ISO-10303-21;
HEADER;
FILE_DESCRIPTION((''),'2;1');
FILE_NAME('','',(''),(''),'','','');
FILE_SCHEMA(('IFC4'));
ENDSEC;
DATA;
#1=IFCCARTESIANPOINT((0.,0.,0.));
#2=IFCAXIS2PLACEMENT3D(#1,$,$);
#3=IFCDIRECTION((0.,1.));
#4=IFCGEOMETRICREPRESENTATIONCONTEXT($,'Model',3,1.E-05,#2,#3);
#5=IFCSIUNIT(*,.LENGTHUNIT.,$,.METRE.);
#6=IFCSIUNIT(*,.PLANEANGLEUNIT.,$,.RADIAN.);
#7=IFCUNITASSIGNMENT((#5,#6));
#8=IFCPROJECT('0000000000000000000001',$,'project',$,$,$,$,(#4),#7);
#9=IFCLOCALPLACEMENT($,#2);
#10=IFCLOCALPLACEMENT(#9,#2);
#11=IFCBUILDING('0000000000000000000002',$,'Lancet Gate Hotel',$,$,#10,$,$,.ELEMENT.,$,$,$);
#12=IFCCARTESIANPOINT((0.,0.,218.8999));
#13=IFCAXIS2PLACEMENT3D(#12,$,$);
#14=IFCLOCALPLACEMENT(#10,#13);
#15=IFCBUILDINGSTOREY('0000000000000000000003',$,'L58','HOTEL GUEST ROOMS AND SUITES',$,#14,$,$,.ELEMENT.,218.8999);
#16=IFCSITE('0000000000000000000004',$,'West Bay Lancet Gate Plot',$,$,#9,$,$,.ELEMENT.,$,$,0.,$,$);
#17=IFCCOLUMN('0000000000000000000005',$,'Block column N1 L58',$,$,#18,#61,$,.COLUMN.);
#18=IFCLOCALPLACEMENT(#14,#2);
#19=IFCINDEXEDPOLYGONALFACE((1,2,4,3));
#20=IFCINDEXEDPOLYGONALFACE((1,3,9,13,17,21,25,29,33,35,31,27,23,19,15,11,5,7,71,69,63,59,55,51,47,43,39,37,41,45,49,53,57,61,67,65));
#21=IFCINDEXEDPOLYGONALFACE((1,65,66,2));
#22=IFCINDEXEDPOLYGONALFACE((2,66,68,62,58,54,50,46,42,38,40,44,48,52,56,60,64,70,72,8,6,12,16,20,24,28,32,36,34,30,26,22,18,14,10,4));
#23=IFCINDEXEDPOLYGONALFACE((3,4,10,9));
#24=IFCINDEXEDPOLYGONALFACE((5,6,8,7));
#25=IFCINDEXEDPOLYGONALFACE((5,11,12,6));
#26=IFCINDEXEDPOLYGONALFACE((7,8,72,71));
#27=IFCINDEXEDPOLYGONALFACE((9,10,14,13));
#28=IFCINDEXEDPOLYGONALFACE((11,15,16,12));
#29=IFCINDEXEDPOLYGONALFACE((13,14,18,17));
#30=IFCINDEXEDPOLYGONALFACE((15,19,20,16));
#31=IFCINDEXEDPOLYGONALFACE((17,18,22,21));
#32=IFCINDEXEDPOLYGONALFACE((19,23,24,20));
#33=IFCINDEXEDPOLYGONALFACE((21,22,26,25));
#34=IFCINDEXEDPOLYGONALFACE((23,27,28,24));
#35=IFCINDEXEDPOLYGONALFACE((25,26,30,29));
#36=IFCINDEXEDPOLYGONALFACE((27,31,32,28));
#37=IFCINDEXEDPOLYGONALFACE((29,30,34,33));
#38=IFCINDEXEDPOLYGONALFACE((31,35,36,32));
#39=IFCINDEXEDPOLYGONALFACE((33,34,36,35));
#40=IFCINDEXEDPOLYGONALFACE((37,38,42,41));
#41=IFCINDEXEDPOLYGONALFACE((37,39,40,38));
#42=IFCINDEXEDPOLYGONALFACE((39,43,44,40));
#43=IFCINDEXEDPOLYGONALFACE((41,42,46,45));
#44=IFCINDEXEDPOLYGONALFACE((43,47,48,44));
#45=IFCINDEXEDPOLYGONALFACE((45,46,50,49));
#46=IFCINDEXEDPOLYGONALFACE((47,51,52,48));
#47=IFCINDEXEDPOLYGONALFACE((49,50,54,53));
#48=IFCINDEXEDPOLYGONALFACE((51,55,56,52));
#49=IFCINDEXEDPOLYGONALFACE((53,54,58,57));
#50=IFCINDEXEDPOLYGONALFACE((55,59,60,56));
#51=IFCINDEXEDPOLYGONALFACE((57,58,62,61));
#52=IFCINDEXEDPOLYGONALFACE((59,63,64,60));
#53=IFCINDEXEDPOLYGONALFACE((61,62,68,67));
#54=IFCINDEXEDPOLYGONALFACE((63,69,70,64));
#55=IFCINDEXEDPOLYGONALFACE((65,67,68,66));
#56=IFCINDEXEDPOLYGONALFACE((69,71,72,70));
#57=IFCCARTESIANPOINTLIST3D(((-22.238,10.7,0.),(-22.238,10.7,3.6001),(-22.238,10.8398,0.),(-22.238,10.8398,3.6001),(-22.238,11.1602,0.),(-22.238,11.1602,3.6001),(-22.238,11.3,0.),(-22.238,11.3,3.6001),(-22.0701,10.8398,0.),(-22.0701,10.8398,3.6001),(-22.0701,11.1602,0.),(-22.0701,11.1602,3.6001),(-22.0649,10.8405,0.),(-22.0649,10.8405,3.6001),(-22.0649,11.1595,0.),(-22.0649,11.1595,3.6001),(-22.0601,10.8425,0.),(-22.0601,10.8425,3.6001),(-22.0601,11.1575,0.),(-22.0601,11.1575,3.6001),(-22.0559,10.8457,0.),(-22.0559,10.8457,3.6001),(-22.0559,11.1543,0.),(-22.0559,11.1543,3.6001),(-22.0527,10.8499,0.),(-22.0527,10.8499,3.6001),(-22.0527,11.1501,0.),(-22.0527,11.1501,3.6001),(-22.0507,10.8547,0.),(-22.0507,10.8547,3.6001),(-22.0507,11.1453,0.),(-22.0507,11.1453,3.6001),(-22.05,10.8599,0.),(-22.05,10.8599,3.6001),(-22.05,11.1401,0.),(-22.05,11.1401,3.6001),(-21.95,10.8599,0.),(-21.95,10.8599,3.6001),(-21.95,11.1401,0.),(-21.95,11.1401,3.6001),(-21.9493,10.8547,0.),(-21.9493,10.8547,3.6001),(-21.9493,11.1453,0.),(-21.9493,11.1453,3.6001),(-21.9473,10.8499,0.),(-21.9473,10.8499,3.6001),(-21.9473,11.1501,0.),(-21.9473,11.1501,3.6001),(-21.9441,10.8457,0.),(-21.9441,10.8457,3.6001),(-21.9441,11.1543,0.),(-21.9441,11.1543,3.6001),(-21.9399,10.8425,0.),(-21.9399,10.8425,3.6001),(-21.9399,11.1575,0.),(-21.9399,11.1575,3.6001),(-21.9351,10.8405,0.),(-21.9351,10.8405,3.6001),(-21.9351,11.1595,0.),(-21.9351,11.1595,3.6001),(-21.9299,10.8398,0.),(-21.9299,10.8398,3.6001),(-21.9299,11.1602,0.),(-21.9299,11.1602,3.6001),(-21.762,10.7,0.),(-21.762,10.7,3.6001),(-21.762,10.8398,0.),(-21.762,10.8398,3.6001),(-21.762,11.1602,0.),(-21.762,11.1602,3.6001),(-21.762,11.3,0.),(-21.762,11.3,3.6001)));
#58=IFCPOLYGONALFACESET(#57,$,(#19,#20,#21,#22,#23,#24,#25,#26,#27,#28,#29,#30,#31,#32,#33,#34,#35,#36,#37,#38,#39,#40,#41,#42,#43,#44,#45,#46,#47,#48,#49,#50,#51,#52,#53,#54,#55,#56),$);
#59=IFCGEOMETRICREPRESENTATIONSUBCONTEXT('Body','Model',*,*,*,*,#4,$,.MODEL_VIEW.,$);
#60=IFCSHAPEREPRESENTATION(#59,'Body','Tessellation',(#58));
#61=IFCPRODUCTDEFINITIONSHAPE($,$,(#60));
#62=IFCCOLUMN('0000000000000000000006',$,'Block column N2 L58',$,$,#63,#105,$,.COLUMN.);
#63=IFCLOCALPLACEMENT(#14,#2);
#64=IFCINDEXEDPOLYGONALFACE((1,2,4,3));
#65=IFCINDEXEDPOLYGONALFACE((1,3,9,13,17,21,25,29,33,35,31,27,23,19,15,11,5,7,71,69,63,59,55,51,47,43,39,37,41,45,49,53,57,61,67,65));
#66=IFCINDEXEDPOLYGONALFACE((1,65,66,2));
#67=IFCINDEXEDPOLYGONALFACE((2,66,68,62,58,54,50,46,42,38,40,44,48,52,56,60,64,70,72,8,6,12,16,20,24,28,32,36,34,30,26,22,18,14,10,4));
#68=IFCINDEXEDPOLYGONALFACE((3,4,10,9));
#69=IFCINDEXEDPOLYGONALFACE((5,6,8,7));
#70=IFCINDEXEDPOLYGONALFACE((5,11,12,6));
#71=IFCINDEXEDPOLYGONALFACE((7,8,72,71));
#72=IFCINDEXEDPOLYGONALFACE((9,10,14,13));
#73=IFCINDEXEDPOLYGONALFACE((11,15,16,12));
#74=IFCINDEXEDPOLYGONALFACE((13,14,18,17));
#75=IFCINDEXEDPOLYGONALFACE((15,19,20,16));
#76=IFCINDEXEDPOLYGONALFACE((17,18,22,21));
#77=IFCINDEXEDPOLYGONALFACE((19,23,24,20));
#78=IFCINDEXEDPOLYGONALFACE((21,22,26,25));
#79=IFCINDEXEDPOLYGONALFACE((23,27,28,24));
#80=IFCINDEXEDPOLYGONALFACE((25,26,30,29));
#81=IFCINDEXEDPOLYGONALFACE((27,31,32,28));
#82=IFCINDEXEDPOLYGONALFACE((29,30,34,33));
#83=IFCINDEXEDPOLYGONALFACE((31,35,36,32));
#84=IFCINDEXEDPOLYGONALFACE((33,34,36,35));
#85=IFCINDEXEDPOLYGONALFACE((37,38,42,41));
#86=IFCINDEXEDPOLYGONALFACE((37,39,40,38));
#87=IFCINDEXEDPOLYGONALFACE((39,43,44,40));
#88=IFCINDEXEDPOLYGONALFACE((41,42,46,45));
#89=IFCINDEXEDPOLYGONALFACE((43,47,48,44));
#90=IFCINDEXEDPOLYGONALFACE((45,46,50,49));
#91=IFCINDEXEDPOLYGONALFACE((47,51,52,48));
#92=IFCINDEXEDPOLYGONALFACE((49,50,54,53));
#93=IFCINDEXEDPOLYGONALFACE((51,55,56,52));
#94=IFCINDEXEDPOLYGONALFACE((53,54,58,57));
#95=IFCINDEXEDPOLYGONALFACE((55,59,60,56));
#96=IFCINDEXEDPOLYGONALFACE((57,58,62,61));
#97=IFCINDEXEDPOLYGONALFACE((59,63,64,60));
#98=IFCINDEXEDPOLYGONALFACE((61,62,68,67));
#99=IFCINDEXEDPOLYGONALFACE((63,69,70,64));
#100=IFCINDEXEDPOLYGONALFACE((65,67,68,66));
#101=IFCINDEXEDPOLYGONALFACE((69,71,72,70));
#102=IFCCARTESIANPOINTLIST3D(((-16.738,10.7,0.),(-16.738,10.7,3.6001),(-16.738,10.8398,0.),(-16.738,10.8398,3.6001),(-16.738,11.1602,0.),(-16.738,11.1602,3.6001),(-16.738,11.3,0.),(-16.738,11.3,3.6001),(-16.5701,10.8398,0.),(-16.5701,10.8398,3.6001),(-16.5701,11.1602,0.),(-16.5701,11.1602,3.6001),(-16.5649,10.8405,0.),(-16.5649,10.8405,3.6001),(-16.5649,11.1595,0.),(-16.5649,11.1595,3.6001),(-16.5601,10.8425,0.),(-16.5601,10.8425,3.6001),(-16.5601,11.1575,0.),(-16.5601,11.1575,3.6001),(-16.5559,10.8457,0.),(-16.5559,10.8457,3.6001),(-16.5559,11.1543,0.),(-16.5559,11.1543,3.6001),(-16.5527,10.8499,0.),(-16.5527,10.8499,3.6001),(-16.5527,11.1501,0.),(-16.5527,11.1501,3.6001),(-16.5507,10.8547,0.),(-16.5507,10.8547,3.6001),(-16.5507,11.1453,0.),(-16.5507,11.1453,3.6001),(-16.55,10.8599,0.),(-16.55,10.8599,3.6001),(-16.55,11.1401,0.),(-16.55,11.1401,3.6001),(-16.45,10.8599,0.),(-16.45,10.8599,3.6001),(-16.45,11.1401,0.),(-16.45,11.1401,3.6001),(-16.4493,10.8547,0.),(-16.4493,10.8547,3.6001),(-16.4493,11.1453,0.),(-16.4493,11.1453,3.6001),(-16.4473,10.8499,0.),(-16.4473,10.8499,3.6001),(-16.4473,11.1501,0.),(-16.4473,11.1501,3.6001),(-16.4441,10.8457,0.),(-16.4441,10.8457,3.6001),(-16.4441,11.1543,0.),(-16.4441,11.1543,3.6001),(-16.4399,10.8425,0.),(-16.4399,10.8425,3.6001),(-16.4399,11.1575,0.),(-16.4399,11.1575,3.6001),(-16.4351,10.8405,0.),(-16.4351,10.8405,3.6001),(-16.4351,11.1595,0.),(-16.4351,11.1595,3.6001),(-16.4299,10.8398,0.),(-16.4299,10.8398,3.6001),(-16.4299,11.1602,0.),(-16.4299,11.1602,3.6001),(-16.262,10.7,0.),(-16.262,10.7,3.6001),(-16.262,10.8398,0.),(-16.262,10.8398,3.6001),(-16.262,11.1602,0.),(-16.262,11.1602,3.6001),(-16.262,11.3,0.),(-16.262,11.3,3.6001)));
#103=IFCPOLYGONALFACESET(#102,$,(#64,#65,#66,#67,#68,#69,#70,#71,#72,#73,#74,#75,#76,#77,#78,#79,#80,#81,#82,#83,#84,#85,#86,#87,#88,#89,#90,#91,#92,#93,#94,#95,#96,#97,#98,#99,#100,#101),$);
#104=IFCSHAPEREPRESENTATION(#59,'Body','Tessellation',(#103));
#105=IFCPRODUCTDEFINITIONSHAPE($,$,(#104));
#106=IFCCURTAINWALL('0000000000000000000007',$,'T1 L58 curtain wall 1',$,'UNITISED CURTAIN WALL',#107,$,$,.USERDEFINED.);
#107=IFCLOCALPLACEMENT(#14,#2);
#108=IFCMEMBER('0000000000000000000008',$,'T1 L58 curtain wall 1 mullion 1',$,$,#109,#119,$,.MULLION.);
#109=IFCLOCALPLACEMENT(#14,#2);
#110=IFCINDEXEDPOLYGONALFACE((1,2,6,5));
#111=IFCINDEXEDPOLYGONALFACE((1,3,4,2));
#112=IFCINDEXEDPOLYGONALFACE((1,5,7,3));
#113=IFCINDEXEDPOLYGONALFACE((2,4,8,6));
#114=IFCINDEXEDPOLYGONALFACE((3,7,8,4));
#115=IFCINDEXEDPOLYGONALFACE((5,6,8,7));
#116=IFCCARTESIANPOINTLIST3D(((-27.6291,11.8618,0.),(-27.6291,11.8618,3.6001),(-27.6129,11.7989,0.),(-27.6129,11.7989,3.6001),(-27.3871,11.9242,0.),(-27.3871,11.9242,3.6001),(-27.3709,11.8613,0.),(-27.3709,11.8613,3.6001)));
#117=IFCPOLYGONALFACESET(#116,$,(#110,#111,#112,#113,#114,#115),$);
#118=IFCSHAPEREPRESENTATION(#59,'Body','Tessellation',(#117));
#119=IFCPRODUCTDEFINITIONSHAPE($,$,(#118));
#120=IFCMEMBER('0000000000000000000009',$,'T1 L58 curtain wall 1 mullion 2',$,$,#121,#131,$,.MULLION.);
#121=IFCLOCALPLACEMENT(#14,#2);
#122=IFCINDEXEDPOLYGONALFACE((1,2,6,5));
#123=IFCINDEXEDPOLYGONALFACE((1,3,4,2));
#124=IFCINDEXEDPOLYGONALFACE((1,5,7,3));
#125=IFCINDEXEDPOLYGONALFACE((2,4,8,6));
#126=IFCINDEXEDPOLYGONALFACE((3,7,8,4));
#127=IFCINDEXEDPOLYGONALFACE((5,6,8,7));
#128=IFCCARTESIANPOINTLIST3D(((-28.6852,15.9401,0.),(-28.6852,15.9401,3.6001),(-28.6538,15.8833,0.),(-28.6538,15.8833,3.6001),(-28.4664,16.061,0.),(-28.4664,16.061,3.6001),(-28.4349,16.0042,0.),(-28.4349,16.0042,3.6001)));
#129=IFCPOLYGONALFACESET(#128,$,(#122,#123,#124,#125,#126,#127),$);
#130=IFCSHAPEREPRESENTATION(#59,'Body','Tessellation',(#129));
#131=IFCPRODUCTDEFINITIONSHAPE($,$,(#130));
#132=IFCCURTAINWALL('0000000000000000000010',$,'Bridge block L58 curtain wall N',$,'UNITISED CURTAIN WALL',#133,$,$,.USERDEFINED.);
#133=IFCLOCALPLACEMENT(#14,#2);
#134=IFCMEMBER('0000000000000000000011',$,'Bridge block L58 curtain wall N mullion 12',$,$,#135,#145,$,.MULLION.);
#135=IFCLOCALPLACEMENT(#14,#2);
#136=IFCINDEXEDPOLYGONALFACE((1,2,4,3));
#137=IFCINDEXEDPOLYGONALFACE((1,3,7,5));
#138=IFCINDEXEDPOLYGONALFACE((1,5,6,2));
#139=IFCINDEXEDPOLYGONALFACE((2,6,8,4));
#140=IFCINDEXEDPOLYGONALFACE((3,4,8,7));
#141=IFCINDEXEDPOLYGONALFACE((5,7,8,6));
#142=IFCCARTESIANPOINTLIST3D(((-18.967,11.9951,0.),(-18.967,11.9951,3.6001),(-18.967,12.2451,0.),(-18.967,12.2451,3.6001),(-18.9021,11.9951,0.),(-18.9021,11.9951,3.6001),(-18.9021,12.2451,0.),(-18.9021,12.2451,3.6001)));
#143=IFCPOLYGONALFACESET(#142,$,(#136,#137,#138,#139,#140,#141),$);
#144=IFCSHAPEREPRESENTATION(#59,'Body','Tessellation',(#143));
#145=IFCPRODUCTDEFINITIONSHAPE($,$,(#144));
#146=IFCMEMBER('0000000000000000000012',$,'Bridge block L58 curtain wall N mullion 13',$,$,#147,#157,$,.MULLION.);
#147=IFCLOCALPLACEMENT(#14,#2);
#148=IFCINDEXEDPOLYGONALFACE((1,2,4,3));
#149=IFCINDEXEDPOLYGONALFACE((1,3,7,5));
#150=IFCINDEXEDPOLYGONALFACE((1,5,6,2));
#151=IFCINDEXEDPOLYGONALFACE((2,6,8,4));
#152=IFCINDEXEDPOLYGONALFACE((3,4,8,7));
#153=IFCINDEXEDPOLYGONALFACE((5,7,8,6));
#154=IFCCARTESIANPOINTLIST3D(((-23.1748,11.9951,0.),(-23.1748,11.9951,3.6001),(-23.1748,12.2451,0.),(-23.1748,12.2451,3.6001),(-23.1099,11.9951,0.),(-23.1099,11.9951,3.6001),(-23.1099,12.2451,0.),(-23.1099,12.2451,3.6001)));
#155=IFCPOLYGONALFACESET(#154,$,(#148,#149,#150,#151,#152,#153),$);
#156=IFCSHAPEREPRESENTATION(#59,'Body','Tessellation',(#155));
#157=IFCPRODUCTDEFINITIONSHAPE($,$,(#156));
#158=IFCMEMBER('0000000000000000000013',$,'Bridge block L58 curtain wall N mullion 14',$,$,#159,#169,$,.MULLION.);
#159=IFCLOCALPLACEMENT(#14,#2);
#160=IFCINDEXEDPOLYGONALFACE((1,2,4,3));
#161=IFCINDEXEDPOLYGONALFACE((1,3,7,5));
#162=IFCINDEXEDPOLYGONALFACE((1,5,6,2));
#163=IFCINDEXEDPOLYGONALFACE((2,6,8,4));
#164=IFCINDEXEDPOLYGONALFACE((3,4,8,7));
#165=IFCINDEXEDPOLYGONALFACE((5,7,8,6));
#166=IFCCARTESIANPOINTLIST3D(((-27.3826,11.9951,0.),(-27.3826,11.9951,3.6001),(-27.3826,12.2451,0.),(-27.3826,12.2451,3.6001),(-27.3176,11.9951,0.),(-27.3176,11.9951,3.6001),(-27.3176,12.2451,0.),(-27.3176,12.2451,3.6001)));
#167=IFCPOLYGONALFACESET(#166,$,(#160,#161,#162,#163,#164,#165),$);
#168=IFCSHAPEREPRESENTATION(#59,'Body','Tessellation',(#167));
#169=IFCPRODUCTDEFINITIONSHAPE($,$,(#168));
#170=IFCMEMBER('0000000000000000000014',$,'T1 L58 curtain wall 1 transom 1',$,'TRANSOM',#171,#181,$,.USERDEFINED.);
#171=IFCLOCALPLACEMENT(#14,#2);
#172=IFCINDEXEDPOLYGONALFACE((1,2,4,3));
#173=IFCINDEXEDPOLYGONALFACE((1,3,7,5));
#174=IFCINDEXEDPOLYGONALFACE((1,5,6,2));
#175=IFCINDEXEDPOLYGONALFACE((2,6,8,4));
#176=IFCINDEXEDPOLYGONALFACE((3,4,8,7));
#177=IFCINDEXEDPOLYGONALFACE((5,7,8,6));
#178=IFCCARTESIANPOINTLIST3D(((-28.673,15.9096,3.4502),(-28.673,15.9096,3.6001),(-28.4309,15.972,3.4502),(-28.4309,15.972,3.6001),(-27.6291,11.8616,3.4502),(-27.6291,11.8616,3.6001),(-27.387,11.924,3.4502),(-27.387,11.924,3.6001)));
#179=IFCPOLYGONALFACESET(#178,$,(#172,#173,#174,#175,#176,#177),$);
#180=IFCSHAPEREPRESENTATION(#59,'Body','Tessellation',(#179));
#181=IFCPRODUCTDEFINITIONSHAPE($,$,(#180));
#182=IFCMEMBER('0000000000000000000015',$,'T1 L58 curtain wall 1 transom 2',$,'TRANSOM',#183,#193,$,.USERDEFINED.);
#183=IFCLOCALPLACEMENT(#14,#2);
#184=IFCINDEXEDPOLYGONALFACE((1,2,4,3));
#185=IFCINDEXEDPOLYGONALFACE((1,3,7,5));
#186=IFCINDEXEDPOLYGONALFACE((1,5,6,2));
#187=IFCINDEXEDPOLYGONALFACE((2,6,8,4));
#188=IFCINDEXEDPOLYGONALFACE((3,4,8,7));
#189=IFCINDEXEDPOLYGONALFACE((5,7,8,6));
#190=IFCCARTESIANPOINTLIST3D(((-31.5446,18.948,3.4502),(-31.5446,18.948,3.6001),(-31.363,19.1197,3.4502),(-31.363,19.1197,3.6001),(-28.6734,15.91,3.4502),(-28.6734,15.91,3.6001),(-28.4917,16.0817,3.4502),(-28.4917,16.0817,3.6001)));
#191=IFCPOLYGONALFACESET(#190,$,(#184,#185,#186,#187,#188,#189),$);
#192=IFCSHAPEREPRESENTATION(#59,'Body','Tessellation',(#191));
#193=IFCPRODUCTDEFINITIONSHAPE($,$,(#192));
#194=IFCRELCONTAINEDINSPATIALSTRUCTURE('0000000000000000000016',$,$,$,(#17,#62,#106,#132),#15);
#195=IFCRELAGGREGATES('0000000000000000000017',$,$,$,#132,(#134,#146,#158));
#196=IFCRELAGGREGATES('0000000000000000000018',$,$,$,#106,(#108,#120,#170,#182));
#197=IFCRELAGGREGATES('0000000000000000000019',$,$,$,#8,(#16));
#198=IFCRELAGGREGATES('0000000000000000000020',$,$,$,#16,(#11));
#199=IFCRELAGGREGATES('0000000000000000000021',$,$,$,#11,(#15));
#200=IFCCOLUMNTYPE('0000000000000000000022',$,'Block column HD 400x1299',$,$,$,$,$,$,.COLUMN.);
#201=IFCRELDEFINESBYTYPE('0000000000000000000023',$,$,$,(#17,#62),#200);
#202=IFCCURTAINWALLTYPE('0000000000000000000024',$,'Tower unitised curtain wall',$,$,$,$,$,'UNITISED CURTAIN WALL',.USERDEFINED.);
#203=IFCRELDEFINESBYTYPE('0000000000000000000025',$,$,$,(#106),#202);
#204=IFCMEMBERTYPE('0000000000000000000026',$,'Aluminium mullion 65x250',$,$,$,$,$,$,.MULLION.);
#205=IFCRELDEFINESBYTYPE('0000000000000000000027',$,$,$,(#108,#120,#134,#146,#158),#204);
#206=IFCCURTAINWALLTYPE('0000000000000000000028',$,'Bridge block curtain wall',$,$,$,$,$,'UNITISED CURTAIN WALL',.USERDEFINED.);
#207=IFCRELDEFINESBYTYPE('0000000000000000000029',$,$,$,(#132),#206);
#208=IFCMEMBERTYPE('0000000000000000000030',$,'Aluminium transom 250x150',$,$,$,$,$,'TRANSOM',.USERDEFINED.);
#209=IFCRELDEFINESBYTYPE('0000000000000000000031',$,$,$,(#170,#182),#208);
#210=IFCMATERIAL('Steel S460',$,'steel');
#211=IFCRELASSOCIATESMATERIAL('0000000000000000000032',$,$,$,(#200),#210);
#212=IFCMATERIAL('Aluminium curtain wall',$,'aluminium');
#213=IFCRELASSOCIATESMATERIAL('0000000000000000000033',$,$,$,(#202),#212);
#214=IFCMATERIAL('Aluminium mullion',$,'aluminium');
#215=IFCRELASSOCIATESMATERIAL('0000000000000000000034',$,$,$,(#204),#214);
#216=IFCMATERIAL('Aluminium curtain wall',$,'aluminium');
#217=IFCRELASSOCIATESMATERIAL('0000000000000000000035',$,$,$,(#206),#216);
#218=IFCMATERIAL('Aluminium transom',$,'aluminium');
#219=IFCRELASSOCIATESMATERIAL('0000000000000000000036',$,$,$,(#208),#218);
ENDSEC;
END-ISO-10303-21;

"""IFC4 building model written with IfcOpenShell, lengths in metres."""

from ifc_helpers import new_model, si_unit, direction, frame, origin, origin_2d, place, context, subcontext, project, spatial, rectangle, i_section, extrude, material, material_profile, profile_set, type_object, element, aggregate, save


model = new_model("IFC4")

# Units and contexts
model_context = context("Model", 3, precision=1e-05, world=origin(), true_north=direction((0.0, 1.0)))
body_context = subcontext(model_context, "Body", "Model", "MODEL_VIEW")
ifc_project = project(units=[si_unit("LENGTHUNIT", "METRE"), si_unit("PLANEANGLEUNIT", "RADIAN")], contexts=[model_context])

# Site, building, storey
site_placement = place(None, origin())
site = spatial("IfcSite", under=ifc_project, at=site_placement, Name="West Bay Lancet Gate Plot", CompositionType="ELEMENT", RefElevation=0.0)
building_placement = place(site_placement, origin())
building = spatial("IfcBuilding", under=site, at=building_placement, Name="Lancet Gate Hotel", CompositionType="ELEMENT")
storey_placement = place(building_placement, frame((0.0, 0.0, 218.8999)))
storey = spatial("IfcBuildingStorey", under=building, at=storey_placement, Name="L58", Description="HOTEL GUEST ROOMS AND SUITES", CompositionType="ELEMENT", Elevation=218.8999)

# Columns
ifc_material_1 = material(Name="Steel S460", Category="steel")
ifc_material_profile_1 = material_profile(ifc_material_1, i_section(OverallWidth=0.4761, OverallDepth=0.6001, WebThickness=0.1001, FlangeThickness=0.1399, FilletRadius=0.02, at=origin_2d()), Name="HD 400x1299")
ifc_profile_set_1 = profile_set([ifc_material_profile_1], Name="Steel S460")
column_type = type_object("IfcColumnType", Name="Block column HD 400x1299", PredefinedType="COLUMN", material=ifc_profile_set_1)
for number, where, z_axis, x_axis, name in (
    (1, (-22.0, 11.0, 0.0), (0.0, 0.0, 1.0), (1.0, 0.0, 0.0), "Block column N1 L58"),
    (2, (-16.5, 11.0, 0.0), (0.0, 0.0, 1.0), (1.0, 0.0, 0.0), "Block column N2 L58"),
):
    element("IfcColumn", number, at=place(storey_placement, frame(where, z_axis=z_axis, x_axis=x_axis)), inside=storey, type_object=column_type, Name=name, PredefinedType="COLUMN", context=body_context, shape_type="SweptSolid", body=[
        extrude(i_section(OverallWidth=0.4761, OverallDepth=0.6001, WebThickness=0.1001, FlangeThickness=0.1399, FilletRadius=0.02, at=origin_2d()), origin(), (0.0, 0.0, 1.0), 3.6001),
    ])

# Curtain walls, members
ifc_material_2 = material(Name="Aluminium curtain wall", Category="aluminium")
curtain_wall_type_1 = type_object("IfcCurtainWallType", Name="Tower unitised curtain wall", ElementType="UNITISED CURTAIN WALL", PredefinedType="USERDEFINED", material=ifc_material_2)
curtain_wall_1_placement = place(storey_placement, origin())
curtain_wall_1 = element("IfcCurtainWall", 3, at=curtain_wall_1_placement, inside=storey, type_object=curtain_wall_type_1, Name="T1 L58 curtain wall 1", ObjectType="UNITISED CURTAIN WALL", PredefinedType="USERDEFINED")
ifc_material_3 = material(Name="Aluminium mullion", Category="aluminium")
ifc_material_profile_2 = material_profile(ifc_material_3, rectangle(XDim=0.0649, YDim=0.25, at=origin_2d()), Name="MULLION 65x250")
ifc_profile_set_2 = profile_set([ifc_material_profile_2], Name="Aluminium mullion")
member_type_1 = type_object("IfcMemberType", Name="Aluminium mullion 65x250", PredefinedType="MULLION", material=ifc_profile_set_2)
member_1_placement = place(storey_placement, frame((-27.5, 11.8616, 0.0), z_axis=(0.0, 0.0, 1.0), x_axis=(-0.249726, 0.968317, 0.0)))
member_1 = element("IfcMember", 4, at=member_1_placement, type_object=member_type_1, Name="T1 L58 curtain wall 1 mullion 1", PredefinedType="MULLION", context=body_context, shape_type="SweptSolid", body=[
    extrude(rectangle(XDim=0.0649, YDim=0.25, at=origin_2d()), origin(), (0.0, 0.0, 1.0), 3.6001),
])
member_2_placement = place(storey_placement, frame((-28.5601, 15.9722, 0.0), z_axis=(0.0, 0.0, 1.0), x_axis=(-0.483627, 0.875274, 0.0)))
member_2 = element("IfcMember", 5, at=member_2_placement, type_object=member_type_1, Name="T1 L58 curtain wall 1 mullion 2", PredefinedType="MULLION", context=body_context, shape_type="SweptSolid", body=[
    extrude(rectangle(XDim=0.0649, YDim=0.25, at=origin_2d()), origin(), (0.0, 0.0, 1.0), 3.6001),
])
ifc_material_4 = material(Name="Aluminium curtain wall", Category="aluminium")
curtain_wall_type_2 = type_object("IfcCurtainWallType", Name="Bridge block curtain wall", ElementType="UNITISED CURTAIN WALL", PredefinedType="USERDEFINED", material=ifc_material_4)
curtain_wall_2_placement = place(storey_placement, origin())
curtain_wall_2 = element("IfcCurtainWall", 6, at=curtain_wall_2_placement, inside=storey, type_object=curtain_wall_type_2, Name="Bridge block L58 curtain wall N", ObjectType="UNITISED CURTAIN WALL", PredefinedType="USERDEFINED")
member_3_placement = place(storey_placement, frame((-18.9346, 12.1201, 0.0), z_axis=(0.0, 0.0, 1.0), x_axis=(-1.0, 0.0, 0.0)))
member_3 = element("IfcMember", 7, at=member_3_placement, type_object=member_type_1, Name="Bridge block L58 curtain wall N mullion 12", PredefinedType="MULLION", context=body_context, shape_type="SweptSolid", body=[
    extrude(rectangle(XDim=0.0649, YDim=0.25, at=origin_2d()), origin(), (0.0, 0.0, 1.0), 3.6001),
])
member_4_placement = place(storey_placement, frame((-23.1423, 12.1201, 0.0), z_axis=(0.0, 0.0, 1.0), x_axis=(-1.0, 0.0, 0.0)))
member_4 = element("IfcMember", 8, at=member_4_placement, type_object=member_type_1, Name="Bridge block L58 curtain wall N mullion 13", PredefinedType="MULLION", context=body_context, shape_type="SweptSolid", body=[
    extrude(rectangle(XDim=0.0649, YDim=0.25, at=origin_2d()), origin(), (0.0, 0.0, 1.0), 3.6001),
])
member_5_placement = place(storey_placement, frame((-27.3501, 12.1201, 0.0), z_axis=(0.0, 0.0, 1.0), x_axis=(-1.0, 0.0, 0.0)))
member_5 = element("IfcMember", 9, at=member_5_placement, type_object=member_type_1, Name="Bridge block L58 curtain wall N mullion 14", PredefinedType="MULLION", context=body_context, shape_type="SweptSolid", body=[
    extrude(rectangle(XDim=0.0649, YDim=0.25, at=origin_2d()), origin(), (0.0, 0.0, 1.0), 3.6001),
])

# Members
ifc_material_5 = material(Name="Aluminium transom", Category="aluminium")
ifc_material_profile_3 = material_profile(ifc_material_5, rectangle(XDim=0.25, YDim=0.1499, at=origin_2d()), Name="TRANSOM 250x150")
ifc_profile_set_3 = profile_set([ifc_material_profile_3], Name="Aluminium transom")
member_type_2 = type_object("IfcMemberType", Name="Aluminium transom 250x150", ElementType="TRANSOM", PredefinedType="USERDEFINED", material=ifc_profile_set_3)
member_6_placement = place(storey_placement, frame((-27.5081, 11.8928, 3.5251), z_axis=(-0.249716, 0.968319, 0.0), x_axis=(-0.968319, -0.249716, 0.0)))
member_6 = element("IfcMember", 10, at=member_6_placement, type_object=member_type_2, Name="T1 L58 curtain wall 1 transom 1", ObjectType="TRANSOM", PredefinedType="USERDEFINED", context=body_context, shape_type="SweptSolid", body=[
    extrude(rectangle(XDim=0.25, YDim=0.1499, at=origin_2d()), origin(), (0.0, 0.0, 1.0), 4.1804),
])
member_7_placement = place(storey_placement, frame((-28.5825, 15.9958, 3.5251), z_axis=(-0.686881, 0.72677, 0.0), x_axis=(-0.72677, -0.686881, 0.0)))
member_7 = element("IfcMember", 11, at=member_7_placement, type_object=member_type_2, Name="T1 L58 curtain wall 1 transom 2", ObjectType="TRANSOM", PredefinedType="USERDEFINED", context=body_context, shape_type="SweptSolid", body=[
    extrude(rectangle(XDim=0.25, YDim=0.1499, at=origin_2d()), origin(), (0.0, 0.0, 1.0), 4.1802),
])

aggregate(curtain_wall_2, [member_3, member_4, member_5])
aggregate(curtain_wall_1, [member_1, member_2, member_6, member_7])

save(model, "model.ifc")
